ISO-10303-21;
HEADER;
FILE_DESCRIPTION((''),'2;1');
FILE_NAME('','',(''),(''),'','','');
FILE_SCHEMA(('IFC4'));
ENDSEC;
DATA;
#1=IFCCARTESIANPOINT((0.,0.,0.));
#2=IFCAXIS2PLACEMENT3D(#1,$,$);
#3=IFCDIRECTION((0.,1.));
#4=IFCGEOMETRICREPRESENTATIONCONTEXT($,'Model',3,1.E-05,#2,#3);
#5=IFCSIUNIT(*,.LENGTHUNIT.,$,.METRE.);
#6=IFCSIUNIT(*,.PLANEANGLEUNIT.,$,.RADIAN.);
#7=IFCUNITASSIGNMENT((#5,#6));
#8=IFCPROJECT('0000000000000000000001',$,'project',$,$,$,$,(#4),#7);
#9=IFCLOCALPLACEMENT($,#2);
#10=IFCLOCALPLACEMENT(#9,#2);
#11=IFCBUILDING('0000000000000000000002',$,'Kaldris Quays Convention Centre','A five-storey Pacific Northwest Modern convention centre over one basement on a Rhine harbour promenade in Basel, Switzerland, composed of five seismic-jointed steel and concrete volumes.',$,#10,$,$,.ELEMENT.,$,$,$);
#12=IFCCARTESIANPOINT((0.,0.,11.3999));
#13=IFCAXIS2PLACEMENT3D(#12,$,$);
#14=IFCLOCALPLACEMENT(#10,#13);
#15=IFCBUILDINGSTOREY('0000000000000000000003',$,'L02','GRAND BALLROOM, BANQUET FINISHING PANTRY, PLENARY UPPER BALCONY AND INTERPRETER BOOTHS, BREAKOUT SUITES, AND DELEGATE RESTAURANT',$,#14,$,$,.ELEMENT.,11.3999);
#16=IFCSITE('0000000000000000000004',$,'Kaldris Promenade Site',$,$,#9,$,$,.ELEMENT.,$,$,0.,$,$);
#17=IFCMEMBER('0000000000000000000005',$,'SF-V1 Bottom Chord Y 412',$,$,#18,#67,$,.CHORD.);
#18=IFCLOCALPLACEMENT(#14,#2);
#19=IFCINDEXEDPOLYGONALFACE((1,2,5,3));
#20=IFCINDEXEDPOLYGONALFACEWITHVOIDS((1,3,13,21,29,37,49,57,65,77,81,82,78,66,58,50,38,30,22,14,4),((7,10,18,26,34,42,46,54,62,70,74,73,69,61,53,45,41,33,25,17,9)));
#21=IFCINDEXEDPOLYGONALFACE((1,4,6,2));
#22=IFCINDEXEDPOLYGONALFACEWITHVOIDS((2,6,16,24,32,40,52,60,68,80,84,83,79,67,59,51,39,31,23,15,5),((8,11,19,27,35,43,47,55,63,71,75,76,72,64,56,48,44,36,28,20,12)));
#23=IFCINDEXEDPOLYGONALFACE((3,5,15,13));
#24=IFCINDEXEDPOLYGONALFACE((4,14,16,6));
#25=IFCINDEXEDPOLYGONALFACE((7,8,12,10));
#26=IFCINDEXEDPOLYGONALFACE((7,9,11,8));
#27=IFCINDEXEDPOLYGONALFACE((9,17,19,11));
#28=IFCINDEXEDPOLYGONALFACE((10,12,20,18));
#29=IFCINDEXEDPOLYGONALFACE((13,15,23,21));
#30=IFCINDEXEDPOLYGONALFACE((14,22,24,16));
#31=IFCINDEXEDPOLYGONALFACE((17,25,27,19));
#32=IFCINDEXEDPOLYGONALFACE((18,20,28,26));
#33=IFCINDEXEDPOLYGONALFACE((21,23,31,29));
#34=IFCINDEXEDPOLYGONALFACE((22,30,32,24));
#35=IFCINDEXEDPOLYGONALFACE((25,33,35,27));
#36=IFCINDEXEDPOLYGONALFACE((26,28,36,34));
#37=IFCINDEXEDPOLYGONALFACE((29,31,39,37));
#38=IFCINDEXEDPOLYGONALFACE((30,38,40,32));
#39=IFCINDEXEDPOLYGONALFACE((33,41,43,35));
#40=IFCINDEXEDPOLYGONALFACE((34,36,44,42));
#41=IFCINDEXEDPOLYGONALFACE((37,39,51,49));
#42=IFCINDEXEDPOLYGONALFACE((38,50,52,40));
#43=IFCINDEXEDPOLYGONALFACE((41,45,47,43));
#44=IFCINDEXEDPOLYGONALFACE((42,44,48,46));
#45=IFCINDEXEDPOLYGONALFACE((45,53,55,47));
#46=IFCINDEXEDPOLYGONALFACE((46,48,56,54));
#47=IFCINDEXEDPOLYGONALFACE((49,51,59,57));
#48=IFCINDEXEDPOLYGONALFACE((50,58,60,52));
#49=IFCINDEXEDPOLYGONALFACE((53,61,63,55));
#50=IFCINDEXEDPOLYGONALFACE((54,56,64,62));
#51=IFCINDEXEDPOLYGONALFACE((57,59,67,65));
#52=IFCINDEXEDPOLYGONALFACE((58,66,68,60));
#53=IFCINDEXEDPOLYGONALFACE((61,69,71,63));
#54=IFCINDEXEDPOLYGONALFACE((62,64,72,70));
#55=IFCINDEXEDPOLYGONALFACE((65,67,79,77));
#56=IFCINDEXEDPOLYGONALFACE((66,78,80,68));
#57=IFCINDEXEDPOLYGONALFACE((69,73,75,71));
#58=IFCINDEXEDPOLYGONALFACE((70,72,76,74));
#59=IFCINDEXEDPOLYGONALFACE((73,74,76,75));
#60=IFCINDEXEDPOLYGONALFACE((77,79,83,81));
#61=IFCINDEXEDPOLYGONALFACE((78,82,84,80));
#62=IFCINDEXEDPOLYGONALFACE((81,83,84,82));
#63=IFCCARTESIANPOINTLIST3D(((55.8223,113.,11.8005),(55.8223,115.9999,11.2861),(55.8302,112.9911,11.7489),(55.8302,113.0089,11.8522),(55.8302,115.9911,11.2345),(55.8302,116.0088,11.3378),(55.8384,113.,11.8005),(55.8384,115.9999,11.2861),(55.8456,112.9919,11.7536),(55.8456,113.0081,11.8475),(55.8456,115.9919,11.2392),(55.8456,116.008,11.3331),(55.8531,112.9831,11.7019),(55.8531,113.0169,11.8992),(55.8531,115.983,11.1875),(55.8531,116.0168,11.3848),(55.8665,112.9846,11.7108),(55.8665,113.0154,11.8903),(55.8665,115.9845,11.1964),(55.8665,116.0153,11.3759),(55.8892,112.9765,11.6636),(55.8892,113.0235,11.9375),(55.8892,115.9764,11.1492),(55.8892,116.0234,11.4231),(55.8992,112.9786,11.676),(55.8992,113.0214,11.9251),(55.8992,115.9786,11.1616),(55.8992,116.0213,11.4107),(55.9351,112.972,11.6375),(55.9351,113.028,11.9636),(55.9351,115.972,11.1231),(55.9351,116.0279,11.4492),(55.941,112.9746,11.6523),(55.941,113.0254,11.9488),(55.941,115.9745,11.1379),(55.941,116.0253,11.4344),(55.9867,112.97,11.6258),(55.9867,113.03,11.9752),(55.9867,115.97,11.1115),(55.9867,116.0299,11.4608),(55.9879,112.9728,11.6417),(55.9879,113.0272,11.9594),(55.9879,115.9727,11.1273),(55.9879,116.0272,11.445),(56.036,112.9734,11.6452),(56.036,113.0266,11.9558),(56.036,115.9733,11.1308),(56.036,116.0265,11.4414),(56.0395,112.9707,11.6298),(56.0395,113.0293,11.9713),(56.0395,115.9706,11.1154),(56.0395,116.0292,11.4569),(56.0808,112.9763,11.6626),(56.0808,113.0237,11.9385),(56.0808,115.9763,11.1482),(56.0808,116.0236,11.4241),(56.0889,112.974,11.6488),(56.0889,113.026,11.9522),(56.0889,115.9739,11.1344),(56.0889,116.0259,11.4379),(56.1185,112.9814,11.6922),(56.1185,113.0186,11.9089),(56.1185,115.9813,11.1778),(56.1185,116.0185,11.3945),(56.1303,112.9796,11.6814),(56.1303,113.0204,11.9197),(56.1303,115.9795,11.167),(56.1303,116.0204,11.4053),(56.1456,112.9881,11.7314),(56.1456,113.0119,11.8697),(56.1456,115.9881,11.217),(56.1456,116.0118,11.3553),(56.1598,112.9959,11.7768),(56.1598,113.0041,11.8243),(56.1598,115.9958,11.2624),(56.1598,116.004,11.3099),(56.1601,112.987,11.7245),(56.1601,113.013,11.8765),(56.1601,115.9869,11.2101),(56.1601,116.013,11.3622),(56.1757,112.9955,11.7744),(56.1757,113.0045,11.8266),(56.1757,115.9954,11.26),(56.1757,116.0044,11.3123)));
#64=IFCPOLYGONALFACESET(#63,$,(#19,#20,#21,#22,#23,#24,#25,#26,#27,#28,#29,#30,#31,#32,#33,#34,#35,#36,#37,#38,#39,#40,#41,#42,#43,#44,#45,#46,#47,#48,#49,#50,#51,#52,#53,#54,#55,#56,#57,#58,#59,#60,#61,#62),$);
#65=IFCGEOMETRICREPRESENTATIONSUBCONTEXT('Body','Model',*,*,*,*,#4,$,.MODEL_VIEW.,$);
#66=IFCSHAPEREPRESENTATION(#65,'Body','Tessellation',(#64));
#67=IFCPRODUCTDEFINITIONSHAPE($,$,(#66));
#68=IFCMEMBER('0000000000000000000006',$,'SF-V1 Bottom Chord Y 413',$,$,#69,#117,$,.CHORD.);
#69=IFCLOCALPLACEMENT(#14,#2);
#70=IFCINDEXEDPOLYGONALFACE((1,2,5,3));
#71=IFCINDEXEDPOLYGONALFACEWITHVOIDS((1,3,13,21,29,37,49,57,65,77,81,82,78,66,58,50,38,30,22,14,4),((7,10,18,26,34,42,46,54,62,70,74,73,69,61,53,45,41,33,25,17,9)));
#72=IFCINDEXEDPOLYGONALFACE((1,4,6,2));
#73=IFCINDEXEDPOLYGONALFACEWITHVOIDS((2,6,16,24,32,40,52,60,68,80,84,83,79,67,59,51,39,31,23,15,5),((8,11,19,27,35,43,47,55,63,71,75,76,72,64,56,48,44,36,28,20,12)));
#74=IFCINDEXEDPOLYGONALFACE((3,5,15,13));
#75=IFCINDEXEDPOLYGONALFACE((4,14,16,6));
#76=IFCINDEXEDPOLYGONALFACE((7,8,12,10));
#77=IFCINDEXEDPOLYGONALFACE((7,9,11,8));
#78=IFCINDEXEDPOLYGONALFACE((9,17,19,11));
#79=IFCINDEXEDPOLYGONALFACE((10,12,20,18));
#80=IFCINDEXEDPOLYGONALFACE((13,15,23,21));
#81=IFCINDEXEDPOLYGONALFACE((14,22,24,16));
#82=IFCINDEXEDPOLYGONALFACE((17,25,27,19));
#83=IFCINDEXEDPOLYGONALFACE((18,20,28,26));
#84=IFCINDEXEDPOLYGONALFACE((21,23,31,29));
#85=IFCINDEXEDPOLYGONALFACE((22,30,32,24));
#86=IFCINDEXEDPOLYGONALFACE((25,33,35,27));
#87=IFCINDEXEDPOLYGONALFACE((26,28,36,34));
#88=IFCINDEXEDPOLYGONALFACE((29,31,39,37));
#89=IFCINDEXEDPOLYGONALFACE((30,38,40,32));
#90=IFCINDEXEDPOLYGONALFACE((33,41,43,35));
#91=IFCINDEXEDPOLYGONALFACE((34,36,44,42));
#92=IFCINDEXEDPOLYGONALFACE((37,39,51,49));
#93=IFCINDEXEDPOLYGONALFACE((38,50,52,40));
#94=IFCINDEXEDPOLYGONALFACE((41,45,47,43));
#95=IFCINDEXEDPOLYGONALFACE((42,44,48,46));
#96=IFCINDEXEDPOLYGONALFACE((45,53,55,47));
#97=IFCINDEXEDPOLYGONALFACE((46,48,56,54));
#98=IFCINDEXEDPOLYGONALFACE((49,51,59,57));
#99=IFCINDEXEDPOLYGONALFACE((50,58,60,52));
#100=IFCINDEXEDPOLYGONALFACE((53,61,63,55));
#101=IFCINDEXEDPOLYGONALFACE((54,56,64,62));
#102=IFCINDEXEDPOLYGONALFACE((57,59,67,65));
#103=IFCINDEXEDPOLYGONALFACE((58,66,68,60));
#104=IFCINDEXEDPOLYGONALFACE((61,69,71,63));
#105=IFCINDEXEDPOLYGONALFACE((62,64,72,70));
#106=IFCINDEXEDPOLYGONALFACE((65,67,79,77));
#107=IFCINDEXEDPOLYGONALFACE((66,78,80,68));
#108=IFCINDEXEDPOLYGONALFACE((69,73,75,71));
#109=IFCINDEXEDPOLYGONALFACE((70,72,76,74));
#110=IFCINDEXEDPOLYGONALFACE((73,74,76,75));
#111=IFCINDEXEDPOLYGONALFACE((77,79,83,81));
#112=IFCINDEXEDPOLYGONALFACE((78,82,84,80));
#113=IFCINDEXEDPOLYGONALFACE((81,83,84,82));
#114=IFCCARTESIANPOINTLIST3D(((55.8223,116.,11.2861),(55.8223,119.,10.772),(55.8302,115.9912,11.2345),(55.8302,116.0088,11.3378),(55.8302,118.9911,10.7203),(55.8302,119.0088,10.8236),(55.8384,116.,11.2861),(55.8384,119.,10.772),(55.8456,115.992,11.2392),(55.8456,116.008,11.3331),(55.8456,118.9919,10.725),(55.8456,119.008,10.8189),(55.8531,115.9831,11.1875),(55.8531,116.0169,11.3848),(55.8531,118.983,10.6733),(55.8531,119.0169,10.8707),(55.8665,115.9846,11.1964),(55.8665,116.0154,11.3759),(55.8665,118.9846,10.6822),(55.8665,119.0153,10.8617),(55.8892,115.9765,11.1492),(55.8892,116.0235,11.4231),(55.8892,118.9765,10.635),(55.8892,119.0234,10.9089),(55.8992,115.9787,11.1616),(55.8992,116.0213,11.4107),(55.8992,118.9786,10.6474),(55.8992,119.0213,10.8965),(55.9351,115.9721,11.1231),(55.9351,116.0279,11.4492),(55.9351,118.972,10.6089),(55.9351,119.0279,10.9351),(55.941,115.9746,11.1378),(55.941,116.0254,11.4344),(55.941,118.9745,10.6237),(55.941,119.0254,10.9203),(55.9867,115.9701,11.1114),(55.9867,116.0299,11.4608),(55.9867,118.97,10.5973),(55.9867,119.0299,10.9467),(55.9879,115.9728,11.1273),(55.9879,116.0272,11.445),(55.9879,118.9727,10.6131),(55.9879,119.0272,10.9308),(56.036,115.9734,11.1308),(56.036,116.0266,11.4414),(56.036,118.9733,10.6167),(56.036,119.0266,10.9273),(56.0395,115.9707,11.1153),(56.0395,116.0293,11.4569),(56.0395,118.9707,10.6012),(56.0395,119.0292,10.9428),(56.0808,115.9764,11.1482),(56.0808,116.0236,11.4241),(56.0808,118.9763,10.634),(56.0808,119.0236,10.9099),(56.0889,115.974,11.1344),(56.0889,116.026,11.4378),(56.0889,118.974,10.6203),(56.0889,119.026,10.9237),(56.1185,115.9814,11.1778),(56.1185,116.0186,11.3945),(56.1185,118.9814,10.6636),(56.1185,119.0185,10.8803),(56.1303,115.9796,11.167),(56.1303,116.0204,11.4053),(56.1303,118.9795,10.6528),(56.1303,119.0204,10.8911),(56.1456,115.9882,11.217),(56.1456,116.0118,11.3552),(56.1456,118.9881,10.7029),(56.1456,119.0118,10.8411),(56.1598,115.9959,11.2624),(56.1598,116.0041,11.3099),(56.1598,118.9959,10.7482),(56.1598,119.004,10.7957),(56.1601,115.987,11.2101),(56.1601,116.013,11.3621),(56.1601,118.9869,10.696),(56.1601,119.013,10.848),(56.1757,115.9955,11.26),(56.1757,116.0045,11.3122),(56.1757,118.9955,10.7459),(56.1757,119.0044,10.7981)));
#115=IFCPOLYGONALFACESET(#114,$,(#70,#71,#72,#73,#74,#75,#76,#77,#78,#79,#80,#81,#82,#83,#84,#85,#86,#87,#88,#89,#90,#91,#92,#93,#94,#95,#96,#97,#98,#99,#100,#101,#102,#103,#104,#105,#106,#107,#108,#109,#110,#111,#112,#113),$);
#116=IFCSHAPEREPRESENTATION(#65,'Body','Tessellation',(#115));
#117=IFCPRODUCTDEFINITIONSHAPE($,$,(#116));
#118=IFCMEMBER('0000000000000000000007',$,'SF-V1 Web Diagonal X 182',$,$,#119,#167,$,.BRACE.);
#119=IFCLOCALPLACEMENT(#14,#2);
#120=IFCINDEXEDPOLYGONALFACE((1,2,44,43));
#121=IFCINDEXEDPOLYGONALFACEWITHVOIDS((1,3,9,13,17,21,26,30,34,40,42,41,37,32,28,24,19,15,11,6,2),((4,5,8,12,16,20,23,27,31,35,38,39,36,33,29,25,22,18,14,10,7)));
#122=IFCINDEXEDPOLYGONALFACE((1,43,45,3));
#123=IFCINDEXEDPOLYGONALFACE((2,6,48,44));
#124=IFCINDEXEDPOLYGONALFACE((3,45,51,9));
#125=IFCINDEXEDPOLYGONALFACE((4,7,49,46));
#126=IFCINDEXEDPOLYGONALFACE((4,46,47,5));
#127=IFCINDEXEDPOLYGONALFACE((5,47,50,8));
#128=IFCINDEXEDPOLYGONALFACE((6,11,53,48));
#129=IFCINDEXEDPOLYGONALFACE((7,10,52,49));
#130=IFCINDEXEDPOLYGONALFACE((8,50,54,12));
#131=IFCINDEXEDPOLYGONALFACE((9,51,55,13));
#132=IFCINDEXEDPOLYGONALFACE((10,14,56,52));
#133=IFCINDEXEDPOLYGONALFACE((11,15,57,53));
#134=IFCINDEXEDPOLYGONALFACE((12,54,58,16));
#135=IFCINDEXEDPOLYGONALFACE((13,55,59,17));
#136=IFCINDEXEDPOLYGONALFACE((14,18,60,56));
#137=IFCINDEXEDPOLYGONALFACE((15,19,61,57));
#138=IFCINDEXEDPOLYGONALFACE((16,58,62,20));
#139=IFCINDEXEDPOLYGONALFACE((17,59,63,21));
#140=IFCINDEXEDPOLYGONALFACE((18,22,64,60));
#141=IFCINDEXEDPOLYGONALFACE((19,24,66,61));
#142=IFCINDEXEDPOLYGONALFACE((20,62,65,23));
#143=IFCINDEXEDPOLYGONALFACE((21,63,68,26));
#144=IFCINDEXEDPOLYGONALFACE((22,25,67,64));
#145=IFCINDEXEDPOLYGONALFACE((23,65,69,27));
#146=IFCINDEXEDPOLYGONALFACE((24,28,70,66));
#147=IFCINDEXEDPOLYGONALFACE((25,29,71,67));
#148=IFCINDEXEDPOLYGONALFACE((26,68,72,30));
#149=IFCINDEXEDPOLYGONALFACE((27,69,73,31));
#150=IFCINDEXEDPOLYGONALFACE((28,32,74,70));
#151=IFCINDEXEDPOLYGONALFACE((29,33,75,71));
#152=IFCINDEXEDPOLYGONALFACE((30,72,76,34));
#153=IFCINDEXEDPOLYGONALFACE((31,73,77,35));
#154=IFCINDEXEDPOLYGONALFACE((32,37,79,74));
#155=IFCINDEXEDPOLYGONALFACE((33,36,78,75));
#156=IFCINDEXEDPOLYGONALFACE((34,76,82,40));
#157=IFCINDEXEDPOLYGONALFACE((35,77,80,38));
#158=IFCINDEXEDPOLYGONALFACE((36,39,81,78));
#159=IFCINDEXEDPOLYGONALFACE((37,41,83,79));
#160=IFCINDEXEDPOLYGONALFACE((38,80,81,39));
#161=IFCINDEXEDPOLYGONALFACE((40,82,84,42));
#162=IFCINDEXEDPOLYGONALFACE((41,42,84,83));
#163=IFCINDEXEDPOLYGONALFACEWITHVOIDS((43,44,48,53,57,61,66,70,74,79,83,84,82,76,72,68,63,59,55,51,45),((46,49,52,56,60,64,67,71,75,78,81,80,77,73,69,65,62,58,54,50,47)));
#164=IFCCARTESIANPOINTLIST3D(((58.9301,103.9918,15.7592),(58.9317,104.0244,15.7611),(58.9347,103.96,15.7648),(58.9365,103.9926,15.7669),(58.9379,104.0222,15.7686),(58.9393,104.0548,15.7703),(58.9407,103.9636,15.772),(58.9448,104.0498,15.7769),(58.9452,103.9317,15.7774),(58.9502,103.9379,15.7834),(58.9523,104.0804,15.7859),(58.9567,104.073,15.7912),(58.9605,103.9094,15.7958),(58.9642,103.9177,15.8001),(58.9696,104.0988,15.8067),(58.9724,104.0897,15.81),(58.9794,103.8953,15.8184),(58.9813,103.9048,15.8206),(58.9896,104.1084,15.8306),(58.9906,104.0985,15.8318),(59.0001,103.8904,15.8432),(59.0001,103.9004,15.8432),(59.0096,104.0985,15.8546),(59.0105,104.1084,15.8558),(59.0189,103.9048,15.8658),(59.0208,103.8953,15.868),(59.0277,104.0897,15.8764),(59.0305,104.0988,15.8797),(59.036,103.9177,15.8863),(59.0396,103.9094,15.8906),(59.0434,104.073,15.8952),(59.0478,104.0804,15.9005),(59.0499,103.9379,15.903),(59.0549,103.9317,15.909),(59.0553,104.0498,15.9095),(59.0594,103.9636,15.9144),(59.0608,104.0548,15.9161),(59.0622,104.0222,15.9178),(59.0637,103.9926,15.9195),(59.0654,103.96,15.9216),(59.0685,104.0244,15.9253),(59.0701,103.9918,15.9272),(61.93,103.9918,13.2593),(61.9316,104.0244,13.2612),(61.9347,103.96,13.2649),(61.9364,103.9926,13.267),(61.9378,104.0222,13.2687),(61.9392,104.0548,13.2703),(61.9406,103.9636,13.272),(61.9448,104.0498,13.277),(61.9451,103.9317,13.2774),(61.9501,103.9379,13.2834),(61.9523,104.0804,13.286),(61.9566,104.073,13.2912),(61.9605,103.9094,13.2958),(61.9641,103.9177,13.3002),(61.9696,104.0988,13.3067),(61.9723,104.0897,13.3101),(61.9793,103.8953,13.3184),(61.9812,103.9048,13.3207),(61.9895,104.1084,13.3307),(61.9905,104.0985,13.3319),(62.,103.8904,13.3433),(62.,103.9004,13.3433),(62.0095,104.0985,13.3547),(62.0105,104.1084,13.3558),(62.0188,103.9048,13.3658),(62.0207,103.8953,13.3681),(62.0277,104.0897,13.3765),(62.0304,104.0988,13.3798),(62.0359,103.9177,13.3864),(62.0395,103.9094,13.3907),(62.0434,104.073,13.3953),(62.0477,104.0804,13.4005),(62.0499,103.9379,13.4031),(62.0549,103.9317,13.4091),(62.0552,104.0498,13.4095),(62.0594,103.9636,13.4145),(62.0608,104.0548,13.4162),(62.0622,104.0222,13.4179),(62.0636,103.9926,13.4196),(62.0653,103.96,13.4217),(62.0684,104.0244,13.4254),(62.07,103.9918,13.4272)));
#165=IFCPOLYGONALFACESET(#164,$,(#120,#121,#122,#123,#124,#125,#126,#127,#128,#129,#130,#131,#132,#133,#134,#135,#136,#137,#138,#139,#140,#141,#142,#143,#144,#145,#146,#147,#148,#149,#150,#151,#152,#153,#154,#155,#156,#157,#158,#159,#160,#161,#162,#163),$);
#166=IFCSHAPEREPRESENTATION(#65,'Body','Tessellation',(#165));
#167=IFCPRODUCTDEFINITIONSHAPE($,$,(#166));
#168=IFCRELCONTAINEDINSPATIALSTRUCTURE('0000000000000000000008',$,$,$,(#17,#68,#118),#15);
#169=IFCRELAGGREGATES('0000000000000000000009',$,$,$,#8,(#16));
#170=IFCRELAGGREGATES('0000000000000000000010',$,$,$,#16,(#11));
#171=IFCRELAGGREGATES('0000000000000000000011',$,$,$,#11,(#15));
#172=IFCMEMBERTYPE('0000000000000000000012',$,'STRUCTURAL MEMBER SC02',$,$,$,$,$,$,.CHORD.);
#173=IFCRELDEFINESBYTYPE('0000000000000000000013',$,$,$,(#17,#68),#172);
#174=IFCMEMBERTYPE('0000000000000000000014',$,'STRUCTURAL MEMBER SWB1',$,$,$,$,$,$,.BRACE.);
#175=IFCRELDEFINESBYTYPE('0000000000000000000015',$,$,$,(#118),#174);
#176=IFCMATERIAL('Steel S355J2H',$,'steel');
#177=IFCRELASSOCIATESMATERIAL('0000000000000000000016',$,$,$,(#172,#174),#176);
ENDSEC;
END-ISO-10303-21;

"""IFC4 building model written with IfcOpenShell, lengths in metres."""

from ifc_helpers import new_model, si_unit, direction, frame, origin, origin_2d, place, context, subcontext, project, spatial, hollow_circle, extrude, material, material_profile, profile_set, type_object, element, save


model = new_model("IFC4")

# Units and contexts
model_context = context("Model", 3, precision=1e-05, world=origin(), true_north=direction((0.0, 1.0)))
body_context = subcontext(model_context, "Body", "Model", "MODEL_VIEW")
ifc_project = project(units=[si_unit("LENGTHUNIT", "METRE"), si_unit("PLANEANGLEUNIT", "RADIAN")], contexts=[model_context])

# Site, building, storey
site_placement = place(None, origin())
site = spatial("IfcSite", under=ifc_project, at=site_placement, Name="Kaldris Promenade Site", CompositionType="ELEMENT", RefElevation=0.0)
building_placement = place(site_placement, origin())
building = spatial("IfcBuilding", under=site, at=building_placement, Name="Kaldris Quays Convention Centre", Description="A five-storey Pacific Northwest Modern convention centre over one basement on a Rhine harbour promenade in Basel, Switzerland, composed of five seismic-jointed steel and concrete volumes.", CompositionType="ELEMENT")
storey_placement = place(building_placement, frame((0.0, 0.0, 11.3999)))
storey = spatial("IfcBuildingStorey", under=building, at=storey_placement, Name="L02", Description="GRAND BALLROOM, BANQUET FINISHING PANTRY, PLENARY UPPER BALCONY AND INTERPRETER BOOTHS, BREAKOUT SUITES, AND DELEGATE RESTAURANT", CompositionType="ELEMENT", Elevation=11.3999)

# Members
ifc_material_1 = material(Name="Steel S355J2H", Category="steel")
ifc_material_profile_1 = material_profile(ifc_material_1, hollow_circle(Radius=0.1777, WallThickness=0.0161, at=origin_2d()), Name="CHS 355.6x16")
ifc_profile_set_1 = profile_set([ifc_material_profile_1], Name="Steel S355J2H")
member_type_1 = type_object("IfcMemberType", Name="STRUCTURAL MEMBER SC02", PredefinedType="CHORD", material=ifc_profile_set_1)
for number, where, z_axis, x_axis, name in (
    (1, (56.0, 113.0, 11.8005), (0.0, 0.985616, -0.169002), (-1.0, 0.0, 0.0), "SF-V1 Bottom Chord Y 412"),
    (2, (56.0, 116.0, 11.2861), (0.0, 0.985629, -0.168924), (-1.0, 0.0, 0.0), "SF-V1 Bottom Chord Y 413"),
):
    element("IfcMember", number, at=place(storey_placement, frame(where, z_axis=z_axis, x_axis=x_axis)), inside=storey, type_object=member_type_1, Name=name, PredefinedType="CHORD", context=body_context, shape_type="SweptSolid", body=[
        extrude(hollow_circle(Radius=0.1777, WallThickness=0.0161, at=origin_2d()), origin(), (0.0, 0.0, 1.0), 3.0437),
    ])
ifc_material_profile_2 = material_profile(ifc_material_1, hollow_circle(Radius=0.1096, WallThickness=0.01, at=origin_2d()), Name="CHS 219.1x10")
ifc_profile_set_2 = profile_set([ifc_material_profile_2], Name="Steel S355J2H")
member_type_2 = type_object("IfcMemberType", Name="STRUCTURAL MEMBER SWB1", PredefinedType="BRACE", material=ifc_profile_set_2)
for number, where, z_axis, x_axis, name in (
    (3, (62.0, 104.0, 13.3433), (-0.768221, 0.0, 0.640184), (0.0, -1.0, 0.0), "SF-V1 Web Diagonal X 182"),
):
    element("IfcMember", number, at=place(storey_placement, frame(where, z_axis=z_axis, x_axis=x_axis)), inside=storey, type_object=member_type_2, Name=name, PredefinedType="BRACE", context=body_context, shape_type="SweptSolid", body=[
        extrude(hollow_circle(Radius=0.1096, WallThickness=0.01, at=origin_2d()), origin(), (0.0, 0.0, 1.0), 3.905),
    ])

save(model, "model.ifc")
